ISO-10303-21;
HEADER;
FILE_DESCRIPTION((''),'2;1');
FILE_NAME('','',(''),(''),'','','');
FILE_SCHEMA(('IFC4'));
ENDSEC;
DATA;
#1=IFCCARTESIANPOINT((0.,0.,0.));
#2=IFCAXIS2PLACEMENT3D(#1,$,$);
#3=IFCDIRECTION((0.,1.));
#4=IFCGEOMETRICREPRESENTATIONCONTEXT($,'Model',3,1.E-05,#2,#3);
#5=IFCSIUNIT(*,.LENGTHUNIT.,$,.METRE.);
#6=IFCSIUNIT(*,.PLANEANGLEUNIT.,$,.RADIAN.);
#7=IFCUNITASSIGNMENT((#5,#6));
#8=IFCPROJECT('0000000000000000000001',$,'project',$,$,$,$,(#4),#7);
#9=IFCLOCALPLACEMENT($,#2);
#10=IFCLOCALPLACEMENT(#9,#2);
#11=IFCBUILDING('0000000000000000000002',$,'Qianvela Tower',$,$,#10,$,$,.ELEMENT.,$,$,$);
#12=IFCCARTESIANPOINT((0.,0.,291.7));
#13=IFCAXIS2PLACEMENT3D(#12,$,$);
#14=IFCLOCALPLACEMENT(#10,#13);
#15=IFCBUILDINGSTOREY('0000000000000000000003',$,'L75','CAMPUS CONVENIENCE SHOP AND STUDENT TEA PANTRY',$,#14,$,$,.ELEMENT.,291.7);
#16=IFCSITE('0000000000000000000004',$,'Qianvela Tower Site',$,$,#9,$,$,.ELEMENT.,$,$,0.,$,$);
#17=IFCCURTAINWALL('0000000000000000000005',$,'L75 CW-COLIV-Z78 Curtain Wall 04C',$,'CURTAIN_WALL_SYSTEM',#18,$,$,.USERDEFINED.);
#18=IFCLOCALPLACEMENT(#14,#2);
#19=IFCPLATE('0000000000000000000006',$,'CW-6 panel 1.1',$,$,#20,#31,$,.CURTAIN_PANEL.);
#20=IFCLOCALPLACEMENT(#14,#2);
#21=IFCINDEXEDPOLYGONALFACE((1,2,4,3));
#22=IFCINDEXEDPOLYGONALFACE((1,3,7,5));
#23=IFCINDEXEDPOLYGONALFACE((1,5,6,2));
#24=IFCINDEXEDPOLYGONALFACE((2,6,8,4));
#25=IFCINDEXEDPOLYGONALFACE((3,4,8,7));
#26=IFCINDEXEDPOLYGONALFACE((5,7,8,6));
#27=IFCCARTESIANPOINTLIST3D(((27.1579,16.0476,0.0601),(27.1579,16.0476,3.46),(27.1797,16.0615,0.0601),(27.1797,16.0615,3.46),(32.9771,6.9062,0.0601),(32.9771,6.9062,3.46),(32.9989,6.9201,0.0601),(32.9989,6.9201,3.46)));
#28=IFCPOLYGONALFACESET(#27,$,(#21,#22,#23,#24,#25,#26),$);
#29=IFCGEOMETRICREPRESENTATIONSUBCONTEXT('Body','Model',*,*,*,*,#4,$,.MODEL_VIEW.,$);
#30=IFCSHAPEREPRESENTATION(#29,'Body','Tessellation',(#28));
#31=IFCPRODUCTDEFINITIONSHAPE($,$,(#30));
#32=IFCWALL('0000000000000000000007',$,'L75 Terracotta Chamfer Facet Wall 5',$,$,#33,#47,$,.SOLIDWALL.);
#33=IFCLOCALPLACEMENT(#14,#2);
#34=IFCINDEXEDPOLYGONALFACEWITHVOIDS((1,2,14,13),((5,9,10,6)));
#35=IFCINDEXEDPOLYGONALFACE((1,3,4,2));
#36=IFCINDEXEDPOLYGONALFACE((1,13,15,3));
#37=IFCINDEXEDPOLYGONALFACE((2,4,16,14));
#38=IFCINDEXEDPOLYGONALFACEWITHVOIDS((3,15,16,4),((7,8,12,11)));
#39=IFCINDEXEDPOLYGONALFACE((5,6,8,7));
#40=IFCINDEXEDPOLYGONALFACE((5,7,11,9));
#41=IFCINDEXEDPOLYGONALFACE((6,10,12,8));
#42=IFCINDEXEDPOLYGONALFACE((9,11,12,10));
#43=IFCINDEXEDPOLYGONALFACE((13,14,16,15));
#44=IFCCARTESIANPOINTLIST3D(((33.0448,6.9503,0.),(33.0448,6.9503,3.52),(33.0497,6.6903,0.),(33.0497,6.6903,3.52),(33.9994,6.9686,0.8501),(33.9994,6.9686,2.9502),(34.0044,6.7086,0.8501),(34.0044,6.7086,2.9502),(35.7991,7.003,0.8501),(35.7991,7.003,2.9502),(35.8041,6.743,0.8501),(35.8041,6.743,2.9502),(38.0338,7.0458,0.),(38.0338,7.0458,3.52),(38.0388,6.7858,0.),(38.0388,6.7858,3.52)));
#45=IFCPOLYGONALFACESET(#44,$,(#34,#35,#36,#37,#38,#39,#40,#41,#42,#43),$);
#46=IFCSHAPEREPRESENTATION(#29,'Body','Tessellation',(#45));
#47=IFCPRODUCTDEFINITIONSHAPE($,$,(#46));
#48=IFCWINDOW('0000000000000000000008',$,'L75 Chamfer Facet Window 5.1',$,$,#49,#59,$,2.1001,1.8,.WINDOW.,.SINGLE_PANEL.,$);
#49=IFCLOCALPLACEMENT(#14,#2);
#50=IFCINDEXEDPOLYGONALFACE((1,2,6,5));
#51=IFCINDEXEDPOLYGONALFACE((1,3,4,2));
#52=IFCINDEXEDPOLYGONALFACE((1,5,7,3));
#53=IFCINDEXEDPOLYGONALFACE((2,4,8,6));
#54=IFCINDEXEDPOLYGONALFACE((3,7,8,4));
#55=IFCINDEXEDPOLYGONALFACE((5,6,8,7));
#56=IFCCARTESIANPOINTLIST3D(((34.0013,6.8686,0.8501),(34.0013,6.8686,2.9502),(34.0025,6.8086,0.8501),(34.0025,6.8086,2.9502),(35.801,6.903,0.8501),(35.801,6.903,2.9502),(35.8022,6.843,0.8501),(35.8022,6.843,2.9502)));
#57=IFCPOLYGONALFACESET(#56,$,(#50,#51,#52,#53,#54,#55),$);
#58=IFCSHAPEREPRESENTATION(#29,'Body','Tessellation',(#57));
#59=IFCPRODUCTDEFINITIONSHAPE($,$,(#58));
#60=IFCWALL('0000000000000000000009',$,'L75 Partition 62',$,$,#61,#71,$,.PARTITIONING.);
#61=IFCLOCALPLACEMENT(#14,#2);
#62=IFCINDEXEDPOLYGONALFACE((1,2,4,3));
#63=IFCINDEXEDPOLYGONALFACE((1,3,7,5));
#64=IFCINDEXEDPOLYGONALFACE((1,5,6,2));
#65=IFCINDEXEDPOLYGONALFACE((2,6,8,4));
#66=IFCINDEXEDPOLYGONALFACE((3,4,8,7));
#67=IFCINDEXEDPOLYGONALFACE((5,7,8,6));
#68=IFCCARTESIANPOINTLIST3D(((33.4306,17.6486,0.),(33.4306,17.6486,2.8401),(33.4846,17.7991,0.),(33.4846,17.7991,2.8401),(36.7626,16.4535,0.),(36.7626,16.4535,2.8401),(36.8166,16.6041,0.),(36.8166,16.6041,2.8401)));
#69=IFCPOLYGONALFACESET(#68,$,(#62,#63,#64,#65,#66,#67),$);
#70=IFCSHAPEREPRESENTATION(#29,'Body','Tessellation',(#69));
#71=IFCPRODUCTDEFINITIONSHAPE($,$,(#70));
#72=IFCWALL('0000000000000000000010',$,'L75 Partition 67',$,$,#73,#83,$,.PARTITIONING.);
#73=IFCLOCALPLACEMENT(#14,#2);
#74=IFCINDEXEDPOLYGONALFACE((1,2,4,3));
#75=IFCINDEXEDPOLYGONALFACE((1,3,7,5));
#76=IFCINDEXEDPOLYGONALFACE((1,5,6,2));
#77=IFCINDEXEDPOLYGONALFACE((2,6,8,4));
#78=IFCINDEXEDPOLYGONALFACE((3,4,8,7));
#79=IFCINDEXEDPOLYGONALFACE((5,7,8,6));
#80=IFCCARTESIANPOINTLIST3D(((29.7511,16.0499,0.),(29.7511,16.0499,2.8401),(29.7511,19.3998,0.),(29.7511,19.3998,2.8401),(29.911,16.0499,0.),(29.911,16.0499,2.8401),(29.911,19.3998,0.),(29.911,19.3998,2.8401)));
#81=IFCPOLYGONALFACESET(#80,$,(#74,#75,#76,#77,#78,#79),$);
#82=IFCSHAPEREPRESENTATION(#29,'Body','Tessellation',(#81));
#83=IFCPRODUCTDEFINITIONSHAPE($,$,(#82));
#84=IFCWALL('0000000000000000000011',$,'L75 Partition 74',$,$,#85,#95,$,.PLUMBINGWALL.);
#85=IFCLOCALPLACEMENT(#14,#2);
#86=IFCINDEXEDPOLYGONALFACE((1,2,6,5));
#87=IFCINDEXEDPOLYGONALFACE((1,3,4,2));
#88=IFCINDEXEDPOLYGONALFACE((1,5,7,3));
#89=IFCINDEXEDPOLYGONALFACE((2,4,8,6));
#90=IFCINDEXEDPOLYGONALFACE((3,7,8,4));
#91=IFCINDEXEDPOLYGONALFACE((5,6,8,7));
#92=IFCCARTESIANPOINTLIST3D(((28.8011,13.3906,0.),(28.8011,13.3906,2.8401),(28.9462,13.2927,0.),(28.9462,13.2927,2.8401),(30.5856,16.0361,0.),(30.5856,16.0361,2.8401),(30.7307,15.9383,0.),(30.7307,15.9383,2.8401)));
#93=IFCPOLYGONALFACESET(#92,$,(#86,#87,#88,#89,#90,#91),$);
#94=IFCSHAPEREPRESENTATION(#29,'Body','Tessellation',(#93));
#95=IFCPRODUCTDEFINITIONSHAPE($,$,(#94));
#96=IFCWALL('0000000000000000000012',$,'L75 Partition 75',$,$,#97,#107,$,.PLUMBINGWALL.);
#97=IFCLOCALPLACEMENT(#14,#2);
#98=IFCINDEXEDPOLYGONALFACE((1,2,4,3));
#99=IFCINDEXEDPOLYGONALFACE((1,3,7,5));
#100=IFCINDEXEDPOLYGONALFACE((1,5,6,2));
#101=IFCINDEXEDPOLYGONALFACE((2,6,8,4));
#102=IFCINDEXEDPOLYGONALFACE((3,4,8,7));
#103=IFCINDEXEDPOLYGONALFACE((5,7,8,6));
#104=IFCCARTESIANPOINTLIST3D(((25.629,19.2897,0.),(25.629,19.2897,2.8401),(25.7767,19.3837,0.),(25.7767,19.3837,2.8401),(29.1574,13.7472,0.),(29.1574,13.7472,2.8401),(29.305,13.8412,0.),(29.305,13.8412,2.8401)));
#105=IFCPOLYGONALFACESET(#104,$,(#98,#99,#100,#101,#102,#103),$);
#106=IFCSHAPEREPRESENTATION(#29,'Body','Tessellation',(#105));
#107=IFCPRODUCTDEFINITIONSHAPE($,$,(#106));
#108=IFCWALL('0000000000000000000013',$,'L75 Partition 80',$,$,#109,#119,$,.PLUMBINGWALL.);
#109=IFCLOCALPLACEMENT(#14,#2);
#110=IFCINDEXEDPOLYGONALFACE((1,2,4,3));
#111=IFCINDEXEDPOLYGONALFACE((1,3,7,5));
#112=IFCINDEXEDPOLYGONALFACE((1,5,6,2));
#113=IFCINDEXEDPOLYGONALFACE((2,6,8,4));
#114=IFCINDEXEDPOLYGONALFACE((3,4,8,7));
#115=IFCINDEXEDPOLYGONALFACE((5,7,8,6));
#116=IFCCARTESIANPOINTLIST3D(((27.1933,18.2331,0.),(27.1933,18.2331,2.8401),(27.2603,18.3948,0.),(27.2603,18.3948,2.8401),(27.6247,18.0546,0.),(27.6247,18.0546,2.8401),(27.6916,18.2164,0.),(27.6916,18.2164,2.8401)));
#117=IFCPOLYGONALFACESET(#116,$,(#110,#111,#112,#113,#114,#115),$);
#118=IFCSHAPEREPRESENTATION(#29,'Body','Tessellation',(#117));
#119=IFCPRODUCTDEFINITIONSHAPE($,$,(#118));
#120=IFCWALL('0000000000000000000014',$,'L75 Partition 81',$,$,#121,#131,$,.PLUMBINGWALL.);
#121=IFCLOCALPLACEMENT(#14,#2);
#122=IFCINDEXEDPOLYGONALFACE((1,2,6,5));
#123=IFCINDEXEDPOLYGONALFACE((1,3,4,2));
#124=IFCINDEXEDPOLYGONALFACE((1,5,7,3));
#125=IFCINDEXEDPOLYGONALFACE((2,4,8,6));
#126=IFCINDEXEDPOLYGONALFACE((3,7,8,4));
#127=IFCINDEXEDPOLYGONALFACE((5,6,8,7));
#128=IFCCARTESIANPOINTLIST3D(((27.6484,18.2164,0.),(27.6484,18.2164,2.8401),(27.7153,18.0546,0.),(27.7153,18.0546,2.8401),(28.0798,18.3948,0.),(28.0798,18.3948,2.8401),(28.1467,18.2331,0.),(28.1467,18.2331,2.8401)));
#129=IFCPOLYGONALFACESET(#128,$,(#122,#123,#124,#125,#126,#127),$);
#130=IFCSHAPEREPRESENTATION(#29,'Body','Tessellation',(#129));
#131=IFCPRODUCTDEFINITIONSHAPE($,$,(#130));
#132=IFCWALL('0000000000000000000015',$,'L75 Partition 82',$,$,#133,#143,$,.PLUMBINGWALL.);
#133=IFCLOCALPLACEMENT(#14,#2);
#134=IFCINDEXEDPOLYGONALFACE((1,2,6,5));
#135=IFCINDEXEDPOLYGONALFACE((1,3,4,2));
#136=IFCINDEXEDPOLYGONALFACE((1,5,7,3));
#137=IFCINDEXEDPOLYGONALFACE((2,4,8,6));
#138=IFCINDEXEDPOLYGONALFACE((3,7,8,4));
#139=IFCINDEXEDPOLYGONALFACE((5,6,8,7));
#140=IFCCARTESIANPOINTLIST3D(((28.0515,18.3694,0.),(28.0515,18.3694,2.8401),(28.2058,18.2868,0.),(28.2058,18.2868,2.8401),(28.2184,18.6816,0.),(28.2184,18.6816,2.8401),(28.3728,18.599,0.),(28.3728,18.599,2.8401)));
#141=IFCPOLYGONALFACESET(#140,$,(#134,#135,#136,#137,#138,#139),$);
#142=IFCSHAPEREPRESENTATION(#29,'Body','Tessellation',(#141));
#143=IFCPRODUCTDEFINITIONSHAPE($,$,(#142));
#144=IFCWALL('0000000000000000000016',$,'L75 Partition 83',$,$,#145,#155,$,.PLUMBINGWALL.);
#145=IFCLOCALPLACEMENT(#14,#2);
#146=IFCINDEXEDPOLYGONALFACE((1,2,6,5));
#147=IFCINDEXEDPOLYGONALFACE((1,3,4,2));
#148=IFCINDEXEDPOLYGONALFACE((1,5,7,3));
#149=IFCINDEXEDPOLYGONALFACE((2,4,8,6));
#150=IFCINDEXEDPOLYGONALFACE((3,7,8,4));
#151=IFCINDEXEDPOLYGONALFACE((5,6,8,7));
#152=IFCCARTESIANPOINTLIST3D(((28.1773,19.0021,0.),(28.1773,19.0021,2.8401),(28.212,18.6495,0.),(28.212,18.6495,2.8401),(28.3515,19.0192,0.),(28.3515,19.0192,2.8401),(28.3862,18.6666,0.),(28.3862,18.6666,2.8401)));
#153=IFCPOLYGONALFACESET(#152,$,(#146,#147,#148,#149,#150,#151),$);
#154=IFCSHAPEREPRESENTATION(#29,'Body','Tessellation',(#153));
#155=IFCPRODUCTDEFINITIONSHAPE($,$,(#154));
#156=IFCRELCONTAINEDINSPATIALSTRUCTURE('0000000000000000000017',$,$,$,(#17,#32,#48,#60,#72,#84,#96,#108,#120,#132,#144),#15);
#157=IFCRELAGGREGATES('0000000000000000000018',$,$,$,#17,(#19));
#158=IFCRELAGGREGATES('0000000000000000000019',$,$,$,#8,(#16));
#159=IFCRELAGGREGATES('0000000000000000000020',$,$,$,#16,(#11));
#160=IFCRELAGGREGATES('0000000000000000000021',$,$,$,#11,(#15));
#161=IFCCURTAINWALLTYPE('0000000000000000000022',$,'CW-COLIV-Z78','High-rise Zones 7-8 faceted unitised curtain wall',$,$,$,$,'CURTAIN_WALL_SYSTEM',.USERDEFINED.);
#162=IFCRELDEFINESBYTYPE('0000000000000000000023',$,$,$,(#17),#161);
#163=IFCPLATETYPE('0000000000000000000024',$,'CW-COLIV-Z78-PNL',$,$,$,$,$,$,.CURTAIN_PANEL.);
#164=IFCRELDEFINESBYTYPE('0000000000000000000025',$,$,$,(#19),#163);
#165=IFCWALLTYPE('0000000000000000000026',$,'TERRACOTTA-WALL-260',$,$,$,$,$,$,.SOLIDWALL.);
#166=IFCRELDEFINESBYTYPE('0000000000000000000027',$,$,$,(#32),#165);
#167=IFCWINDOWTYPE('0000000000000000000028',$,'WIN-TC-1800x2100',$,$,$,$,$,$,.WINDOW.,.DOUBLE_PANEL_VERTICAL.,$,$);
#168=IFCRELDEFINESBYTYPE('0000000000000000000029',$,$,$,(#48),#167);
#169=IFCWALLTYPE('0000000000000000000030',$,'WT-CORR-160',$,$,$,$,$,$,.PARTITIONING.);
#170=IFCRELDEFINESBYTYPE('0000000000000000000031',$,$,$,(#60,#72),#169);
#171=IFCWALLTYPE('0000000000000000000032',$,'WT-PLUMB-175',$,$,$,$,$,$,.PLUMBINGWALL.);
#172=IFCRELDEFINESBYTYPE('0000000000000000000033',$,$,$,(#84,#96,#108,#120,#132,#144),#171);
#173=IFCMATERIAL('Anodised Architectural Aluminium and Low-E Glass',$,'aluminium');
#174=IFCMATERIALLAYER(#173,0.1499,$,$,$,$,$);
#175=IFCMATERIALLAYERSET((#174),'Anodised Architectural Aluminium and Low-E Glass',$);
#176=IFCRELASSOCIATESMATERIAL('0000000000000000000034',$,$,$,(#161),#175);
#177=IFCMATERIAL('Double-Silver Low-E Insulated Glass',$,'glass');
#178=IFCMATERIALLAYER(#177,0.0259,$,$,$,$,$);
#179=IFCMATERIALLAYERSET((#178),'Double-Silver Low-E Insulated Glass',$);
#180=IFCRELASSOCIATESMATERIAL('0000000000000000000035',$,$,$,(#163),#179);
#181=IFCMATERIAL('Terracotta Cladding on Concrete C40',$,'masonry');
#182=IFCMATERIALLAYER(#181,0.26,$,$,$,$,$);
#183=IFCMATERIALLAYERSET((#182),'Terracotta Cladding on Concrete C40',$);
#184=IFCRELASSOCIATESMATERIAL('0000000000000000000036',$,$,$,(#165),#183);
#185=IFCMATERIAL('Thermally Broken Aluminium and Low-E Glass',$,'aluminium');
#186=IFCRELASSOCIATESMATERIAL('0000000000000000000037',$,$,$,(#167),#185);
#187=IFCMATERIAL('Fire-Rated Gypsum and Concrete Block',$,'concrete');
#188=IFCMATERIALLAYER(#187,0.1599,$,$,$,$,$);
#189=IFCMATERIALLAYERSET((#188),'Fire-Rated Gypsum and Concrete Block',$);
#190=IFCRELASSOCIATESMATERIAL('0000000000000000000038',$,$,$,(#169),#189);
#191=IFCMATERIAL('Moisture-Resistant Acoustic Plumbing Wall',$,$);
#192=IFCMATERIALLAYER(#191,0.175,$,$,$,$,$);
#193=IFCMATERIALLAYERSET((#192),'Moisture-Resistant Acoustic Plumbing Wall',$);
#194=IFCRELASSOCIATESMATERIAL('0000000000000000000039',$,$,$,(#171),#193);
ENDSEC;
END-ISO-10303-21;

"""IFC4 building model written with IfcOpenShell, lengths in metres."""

from ifc_helpers import new_model, si_unit, direction, frame, frame_2d, origin, origin_2d, place, context, subcontext, project, spatial, rectangle, extrude, material, layer, layer_set, type_object, element, fill, aggregate, save


model = new_model("IFC4")

# Units and contexts
model_context = context("Model", 3, precision=1e-05, world=origin(), true_north=direction((0.0, 1.0)))
body_context = subcontext(model_context, "Body", "Model", "MODEL_VIEW")
ifc_project = project(units=[si_unit("LENGTHUNIT", "METRE"), si_unit("PLANEANGLEUNIT", "RADIAN")], contexts=[model_context])

# Site, building, storey
site_placement = place(None, origin())
site = spatial("IfcSite", under=ifc_project, at=site_placement, Name="Qianvela Tower Site", CompositionType="ELEMENT", RefElevation=0.0)
building_placement = place(site_placement, origin())
building = spatial("IfcBuilding", under=site, at=building_placement, Name="Qianvela Tower", CompositionType="ELEMENT")
storey_placement = place(building_placement, frame((0.0, 0.0, 291.7)))
storey = spatial("IfcBuildingStorey", under=building, at=storey_placement, Name="L75", Description="CAMPUS CONVENIENCE SHOP AND STUDENT TEA PANTRY", CompositionType="ELEMENT", Elevation=291.7)

# Curtain wall, plate
ifc_material_1 = material(Name="Anodised Architectural Aluminium and Low-E Glass", Category="aluminium")
ifc_layer_1 = layer(ifc_material_1, 0.1499)
ifc_layer_set_1 = layer_set([ifc_layer_1], Name="Anodised Architectural Aluminium and Low-E Glass")
curtain_wall_type = type_object("IfcCurtainWallType", Name="CW-COLIV-Z78", Description="High-rise Zones 7-8 faceted unitised curtain wall", ElementType="CURTAIN_WALL_SYSTEM", PredefinedType="USERDEFINED", material=ifc_layer_set_1)
curtain_wall_placement = place(storey_placement, origin())
curtain_wall = element("IfcCurtainWall", 1, at=curtain_wall_placement, inside=storey, type_object=curtain_wall_type, Name="L75 CW-COLIV-Z78 Curtain Wall 04C", ObjectType="CURTAIN_WALL_SYSTEM", PredefinedType="USERDEFINED")
ifc_material_2 = material(Name="Double-Silver Low-E Insulated Glass", Category="glass")
ifc_layer_2 = layer(ifc_material_2, 0.0259)
ifc_layer_set_2 = layer_set([ifc_layer_2], Name="Double-Silver Low-E Insulated Glass")
plate_type = type_object("IfcPlateType", Name="CW-COLIV-Z78-PNL", PredefinedType="CURTAIN_PANEL", material=ifc_layer_set_2)
plate_placement = place(storey_placement, frame((30.0784, 11.4839, 0.0601), z_axis=(0.0, 0.0, 1.0), x_axis=(0.537004, -0.84358, 0.0)))
plate = element("IfcPlate", 2, at=plate_placement, type_object=plate_type, Name="CW-6 panel 1.1", PredefinedType="CURTAIN_PANEL", context=body_context, shape_type="SweptSolid", body=[
    extrude(rectangle(XDim=10.8364, YDim=0.0259, at=origin_2d()), origin(), (0.0, 0.0, 1.0), 3.3999),
])
aggregate(curtain_wall, [plate])

# Wall, opening, window
ifc_material_3 = material(Name="Terracotta Cladding on Concrete C40", Category="masonry")
ifc_layer_3 = layer(ifc_material_3, 0.26)
ifc_layer_set_3 = layer_set([ifc_layer_3], Name="Terracotta Cladding on Concrete C40")
wall_type_1 = type_object("IfcWallType", Name="TERRACOTTA-WALL-260", PredefinedType="SOLIDWALL", material=ifc_layer_set_3)
wall_1_placement = place(storey_placement, frame((33.0471, 6.8203, 0.0), z_axis=(0.0, 0.0, 1.0), x_axis=(0.999817, 0.01913, 0.0)))
wall_1 = element("IfcWall", 3, at=wall_1_placement, inside=storey, type_object=wall_type_1, Name="L75 Terracotta Chamfer Facet Wall 5", PredefinedType="SOLIDWALL", context=body_context, shape_type="SweptSolid", body=[
    extrude(rectangle(XDim=4.99, YDim=0.26, at=frame_2d((2.4951, 0.0))), origin(), (0.0, 0.0, 1.0), 3.52),
])
opening_placement = place(wall_1_placement, frame((0.9551, 0.0, 0.8501)))
opening = element("IfcOpeningElement", 4, at=opening_placement, cuts=wall_1, PredefinedType="OPENING", context=body_context, shape_type="SweptSolid", body=[
    extrude(rectangle(XDim=1.8, YDim=2.1001, at=frame_2d((0.8999, 1.05))), frame((0.0, 0.1399, 0.0), z_axis=(0.0, -1.0, 0.0), x_axis=(1.0, 0.0, 0.0)), (0.0, 0.0, 1.0), 0.28),
])
ifc_material_4 = material(Name="Thermally Broken Aluminium and Low-E Glass", Category="aluminium")
window_type = type_object("IfcWindowType", Name="WIN-TC-1800x2100", PartitioningType="DOUBLE_PANEL_VERTICAL", PredefinedType="WINDOW", material=ifc_material_4)
window_placement = place(opening_placement, origin())
window = element("IfcWindow", 5, at=window_placement, inside=storey, type_object=window_type, Name="L75 Chamfer Facet Window 5.1", OverallHeight=2.1001, OverallWidth=1.8, PartitioningType="SINGLE_PANEL", PredefinedType="WINDOW", context=body_context, shape_type="SweptSolid", body=[
    extrude(rectangle(XDim=1.8, YDim=2.1001, at=frame_2d((0.8999, 1.05))), frame((0.0, 0.03, 0.0), z_axis=(0.0, -1.0, 0.0), x_axis=(1.0, 0.0, 0.0)), (0.0, 0.0, 1.0), 0.0601),
])
fill(opening, window)

# Walls
ifc_material_5 = material(Name="Fire-Rated Gypsum and Concrete Block", Category="concrete")
ifc_layer_4 = layer(ifc_material_5, 0.1599)
ifc_layer_set_4 = layer_set([ifc_layer_4], Name="Fire-Rated Gypsum and Concrete Block")
wall_type_2 = type_object("IfcWallType", Name="WT-CORR-160", PredefinedType="PARTITIONING", material=ifc_layer_set_4)
wall_2_placement = place(storey_placement, frame((33.4575, 17.7239, 0.0), z_axis=(0.0, 0.0, 1.0), x_axis=(0.941289, -0.337603, 0.0)))
element("IfcWall", 6, at=wall_2_placement, inside=storey, type_object=wall_type_2, Name="L75 Partition 62", PredefinedType="PARTITIONING", context=body_context, shape_type="SweptSolid", body=[
    extrude(rectangle(XDim=3.5398, YDim=0.1599, at=frame_2d((1.77, 0.0))), origin(), (0.0, 0.0, 1.0), 2.8401),
])
wall_3_placement = place(storey_placement, frame((29.8311, 16.05, 0.0), z_axis=(0.0, 0.0, 1.0), x_axis=(0.0, 1.0, 0.0)))
element("IfcWall", 7, at=wall_3_placement, inside=storey, type_object=wall_type_2, Name="L75 Partition 67", PredefinedType="PARTITIONING", context=body_context, shape_type="SweptSolid", body=[
    extrude(rectangle(XDim=3.3499, YDim=0.1599, at=frame_2d((1.6748, 0.0))), origin(), (0.0, 0.0, 1.0), 2.8401),
])
ifc_material_6 = material(Name="Moisture-Resistant Acoustic Plumbing Wall")
ifc_layer_5 = layer(ifc_material_6, 0.175)
ifc_layer_set_5 = layer_set([ifc_layer_5], Name="Moisture-Resistant Acoustic Plumbing Wall")
wall_type_3 = type_object("IfcWallType", Name="WT-PLUMB-175", PredefinedType="PLUMBINGWALL", material=ifc_layer_set_5)
wall_4_placement = place(storey_placement, frame((30.6582, 15.9873, 0.0), z_axis=(0.0, 0.0, 1.0), x_axis=(-0.559194, -0.829037, 0.0)))
element("IfcWall", 8, at=wall_4_placement, inside=storey, type_object=wall_type_3, Name="L75 Partition 74", PredefinedType="PLUMBINGWALL", context=body_context, shape_type="SweptSolid", body=[
    extrude(rectangle(XDim=3.1912, YDim=0.175, at=frame_2d((1.5957, 0.0))), origin(), (0.0, 0.0, 1.0), 2.8401),
])
wall_5_placement = place(storey_placement, frame((29.2312, 13.7942, 0.0), z_axis=(0.0, 0.0, 1.0), x_axis=(-0.537015, 0.843573, 0.0)))
element("IfcWall", 9, at=wall_5_placement, inside=storey, type_object=wall_type_3, Name="L75 Partition 75", PredefinedType="PLUMBINGWALL", context=body_context, shape_type="SweptSolid", body=[
    extrude(rectangle(XDim=6.5703, YDim=0.175, at=frame_2d((3.2852, 0.0))), origin(), (0.0, 0.0, 1.0), 2.8401),
])
for number, where, z_axis, x_axis, name in (
    (10, (27.2268, 18.314, 0.0), (0.0, 0.0, 1.0), (0.924049, -0.382275, 0.0), "L75 Partition 80"),
    (11, (27.6819, 18.1355, 0.0), (0.0, 0.0, 1.0), (0.924049, 0.382275, 0.0), "L75 Partition 81"),
):
    element("IfcWall", number, at=place(storey_placement, frame(where, z_axis=z_axis, x_axis=x_axis)), inside=storey, type_object=wall_type_3, Name=name, PredefinedType="PLUMBINGWALL", context=body_context, shape_type="SweptSolid", body=[
        extrude(rectangle(XDim=0.4668, YDim=0.175, at=frame_2d((0.2334, 0.0))), origin(), (0.0, 0.0, 1.0), 2.8401),
    ])
wall_6_placement = place(storey_placement, frame((28.1287, 18.3281, 0.0), z_axis=(0.0, 0.0, 1.0), x_axis=(0.47159, 0.881818, 0.0)))
element("IfcWall", 12, at=wall_6_placement, inside=storey, type_object=wall_type_3, Name="L75 Partition 82", PredefinedType="PLUMBINGWALL", context=body_context, shape_type="SweptSolid", body=[
    extrude(rectangle(XDim=0.354, YDim=0.175, at=frame_2d((0.177, 0.0))), origin(), (0.0, 0.0, 1.0), 2.8401),
])
wall_7_placement = place(storey_placement, frame((28.2991, 18.658, 0.0), z_axis=(0.0, 0.0, 1.0), x_axis=(-0.097866, 0.9952, 0.0)))
element("IfcWall", 13, at=wall_7_placement, inside=storey, type_object=wall_type_3, Name="L75 Partition 83", PredefinedType="PLUMBINGWALL", context=body_context, shape_type="SweptSolid", body=[
    extrude(rectangle(XDim=0.3542, YDim=0.175, at=frame_2d((0.1772, 0.0))), origin(), (0.0, 0.0, 1.0), 2.8401),
])

save(model, "model.ifc")
